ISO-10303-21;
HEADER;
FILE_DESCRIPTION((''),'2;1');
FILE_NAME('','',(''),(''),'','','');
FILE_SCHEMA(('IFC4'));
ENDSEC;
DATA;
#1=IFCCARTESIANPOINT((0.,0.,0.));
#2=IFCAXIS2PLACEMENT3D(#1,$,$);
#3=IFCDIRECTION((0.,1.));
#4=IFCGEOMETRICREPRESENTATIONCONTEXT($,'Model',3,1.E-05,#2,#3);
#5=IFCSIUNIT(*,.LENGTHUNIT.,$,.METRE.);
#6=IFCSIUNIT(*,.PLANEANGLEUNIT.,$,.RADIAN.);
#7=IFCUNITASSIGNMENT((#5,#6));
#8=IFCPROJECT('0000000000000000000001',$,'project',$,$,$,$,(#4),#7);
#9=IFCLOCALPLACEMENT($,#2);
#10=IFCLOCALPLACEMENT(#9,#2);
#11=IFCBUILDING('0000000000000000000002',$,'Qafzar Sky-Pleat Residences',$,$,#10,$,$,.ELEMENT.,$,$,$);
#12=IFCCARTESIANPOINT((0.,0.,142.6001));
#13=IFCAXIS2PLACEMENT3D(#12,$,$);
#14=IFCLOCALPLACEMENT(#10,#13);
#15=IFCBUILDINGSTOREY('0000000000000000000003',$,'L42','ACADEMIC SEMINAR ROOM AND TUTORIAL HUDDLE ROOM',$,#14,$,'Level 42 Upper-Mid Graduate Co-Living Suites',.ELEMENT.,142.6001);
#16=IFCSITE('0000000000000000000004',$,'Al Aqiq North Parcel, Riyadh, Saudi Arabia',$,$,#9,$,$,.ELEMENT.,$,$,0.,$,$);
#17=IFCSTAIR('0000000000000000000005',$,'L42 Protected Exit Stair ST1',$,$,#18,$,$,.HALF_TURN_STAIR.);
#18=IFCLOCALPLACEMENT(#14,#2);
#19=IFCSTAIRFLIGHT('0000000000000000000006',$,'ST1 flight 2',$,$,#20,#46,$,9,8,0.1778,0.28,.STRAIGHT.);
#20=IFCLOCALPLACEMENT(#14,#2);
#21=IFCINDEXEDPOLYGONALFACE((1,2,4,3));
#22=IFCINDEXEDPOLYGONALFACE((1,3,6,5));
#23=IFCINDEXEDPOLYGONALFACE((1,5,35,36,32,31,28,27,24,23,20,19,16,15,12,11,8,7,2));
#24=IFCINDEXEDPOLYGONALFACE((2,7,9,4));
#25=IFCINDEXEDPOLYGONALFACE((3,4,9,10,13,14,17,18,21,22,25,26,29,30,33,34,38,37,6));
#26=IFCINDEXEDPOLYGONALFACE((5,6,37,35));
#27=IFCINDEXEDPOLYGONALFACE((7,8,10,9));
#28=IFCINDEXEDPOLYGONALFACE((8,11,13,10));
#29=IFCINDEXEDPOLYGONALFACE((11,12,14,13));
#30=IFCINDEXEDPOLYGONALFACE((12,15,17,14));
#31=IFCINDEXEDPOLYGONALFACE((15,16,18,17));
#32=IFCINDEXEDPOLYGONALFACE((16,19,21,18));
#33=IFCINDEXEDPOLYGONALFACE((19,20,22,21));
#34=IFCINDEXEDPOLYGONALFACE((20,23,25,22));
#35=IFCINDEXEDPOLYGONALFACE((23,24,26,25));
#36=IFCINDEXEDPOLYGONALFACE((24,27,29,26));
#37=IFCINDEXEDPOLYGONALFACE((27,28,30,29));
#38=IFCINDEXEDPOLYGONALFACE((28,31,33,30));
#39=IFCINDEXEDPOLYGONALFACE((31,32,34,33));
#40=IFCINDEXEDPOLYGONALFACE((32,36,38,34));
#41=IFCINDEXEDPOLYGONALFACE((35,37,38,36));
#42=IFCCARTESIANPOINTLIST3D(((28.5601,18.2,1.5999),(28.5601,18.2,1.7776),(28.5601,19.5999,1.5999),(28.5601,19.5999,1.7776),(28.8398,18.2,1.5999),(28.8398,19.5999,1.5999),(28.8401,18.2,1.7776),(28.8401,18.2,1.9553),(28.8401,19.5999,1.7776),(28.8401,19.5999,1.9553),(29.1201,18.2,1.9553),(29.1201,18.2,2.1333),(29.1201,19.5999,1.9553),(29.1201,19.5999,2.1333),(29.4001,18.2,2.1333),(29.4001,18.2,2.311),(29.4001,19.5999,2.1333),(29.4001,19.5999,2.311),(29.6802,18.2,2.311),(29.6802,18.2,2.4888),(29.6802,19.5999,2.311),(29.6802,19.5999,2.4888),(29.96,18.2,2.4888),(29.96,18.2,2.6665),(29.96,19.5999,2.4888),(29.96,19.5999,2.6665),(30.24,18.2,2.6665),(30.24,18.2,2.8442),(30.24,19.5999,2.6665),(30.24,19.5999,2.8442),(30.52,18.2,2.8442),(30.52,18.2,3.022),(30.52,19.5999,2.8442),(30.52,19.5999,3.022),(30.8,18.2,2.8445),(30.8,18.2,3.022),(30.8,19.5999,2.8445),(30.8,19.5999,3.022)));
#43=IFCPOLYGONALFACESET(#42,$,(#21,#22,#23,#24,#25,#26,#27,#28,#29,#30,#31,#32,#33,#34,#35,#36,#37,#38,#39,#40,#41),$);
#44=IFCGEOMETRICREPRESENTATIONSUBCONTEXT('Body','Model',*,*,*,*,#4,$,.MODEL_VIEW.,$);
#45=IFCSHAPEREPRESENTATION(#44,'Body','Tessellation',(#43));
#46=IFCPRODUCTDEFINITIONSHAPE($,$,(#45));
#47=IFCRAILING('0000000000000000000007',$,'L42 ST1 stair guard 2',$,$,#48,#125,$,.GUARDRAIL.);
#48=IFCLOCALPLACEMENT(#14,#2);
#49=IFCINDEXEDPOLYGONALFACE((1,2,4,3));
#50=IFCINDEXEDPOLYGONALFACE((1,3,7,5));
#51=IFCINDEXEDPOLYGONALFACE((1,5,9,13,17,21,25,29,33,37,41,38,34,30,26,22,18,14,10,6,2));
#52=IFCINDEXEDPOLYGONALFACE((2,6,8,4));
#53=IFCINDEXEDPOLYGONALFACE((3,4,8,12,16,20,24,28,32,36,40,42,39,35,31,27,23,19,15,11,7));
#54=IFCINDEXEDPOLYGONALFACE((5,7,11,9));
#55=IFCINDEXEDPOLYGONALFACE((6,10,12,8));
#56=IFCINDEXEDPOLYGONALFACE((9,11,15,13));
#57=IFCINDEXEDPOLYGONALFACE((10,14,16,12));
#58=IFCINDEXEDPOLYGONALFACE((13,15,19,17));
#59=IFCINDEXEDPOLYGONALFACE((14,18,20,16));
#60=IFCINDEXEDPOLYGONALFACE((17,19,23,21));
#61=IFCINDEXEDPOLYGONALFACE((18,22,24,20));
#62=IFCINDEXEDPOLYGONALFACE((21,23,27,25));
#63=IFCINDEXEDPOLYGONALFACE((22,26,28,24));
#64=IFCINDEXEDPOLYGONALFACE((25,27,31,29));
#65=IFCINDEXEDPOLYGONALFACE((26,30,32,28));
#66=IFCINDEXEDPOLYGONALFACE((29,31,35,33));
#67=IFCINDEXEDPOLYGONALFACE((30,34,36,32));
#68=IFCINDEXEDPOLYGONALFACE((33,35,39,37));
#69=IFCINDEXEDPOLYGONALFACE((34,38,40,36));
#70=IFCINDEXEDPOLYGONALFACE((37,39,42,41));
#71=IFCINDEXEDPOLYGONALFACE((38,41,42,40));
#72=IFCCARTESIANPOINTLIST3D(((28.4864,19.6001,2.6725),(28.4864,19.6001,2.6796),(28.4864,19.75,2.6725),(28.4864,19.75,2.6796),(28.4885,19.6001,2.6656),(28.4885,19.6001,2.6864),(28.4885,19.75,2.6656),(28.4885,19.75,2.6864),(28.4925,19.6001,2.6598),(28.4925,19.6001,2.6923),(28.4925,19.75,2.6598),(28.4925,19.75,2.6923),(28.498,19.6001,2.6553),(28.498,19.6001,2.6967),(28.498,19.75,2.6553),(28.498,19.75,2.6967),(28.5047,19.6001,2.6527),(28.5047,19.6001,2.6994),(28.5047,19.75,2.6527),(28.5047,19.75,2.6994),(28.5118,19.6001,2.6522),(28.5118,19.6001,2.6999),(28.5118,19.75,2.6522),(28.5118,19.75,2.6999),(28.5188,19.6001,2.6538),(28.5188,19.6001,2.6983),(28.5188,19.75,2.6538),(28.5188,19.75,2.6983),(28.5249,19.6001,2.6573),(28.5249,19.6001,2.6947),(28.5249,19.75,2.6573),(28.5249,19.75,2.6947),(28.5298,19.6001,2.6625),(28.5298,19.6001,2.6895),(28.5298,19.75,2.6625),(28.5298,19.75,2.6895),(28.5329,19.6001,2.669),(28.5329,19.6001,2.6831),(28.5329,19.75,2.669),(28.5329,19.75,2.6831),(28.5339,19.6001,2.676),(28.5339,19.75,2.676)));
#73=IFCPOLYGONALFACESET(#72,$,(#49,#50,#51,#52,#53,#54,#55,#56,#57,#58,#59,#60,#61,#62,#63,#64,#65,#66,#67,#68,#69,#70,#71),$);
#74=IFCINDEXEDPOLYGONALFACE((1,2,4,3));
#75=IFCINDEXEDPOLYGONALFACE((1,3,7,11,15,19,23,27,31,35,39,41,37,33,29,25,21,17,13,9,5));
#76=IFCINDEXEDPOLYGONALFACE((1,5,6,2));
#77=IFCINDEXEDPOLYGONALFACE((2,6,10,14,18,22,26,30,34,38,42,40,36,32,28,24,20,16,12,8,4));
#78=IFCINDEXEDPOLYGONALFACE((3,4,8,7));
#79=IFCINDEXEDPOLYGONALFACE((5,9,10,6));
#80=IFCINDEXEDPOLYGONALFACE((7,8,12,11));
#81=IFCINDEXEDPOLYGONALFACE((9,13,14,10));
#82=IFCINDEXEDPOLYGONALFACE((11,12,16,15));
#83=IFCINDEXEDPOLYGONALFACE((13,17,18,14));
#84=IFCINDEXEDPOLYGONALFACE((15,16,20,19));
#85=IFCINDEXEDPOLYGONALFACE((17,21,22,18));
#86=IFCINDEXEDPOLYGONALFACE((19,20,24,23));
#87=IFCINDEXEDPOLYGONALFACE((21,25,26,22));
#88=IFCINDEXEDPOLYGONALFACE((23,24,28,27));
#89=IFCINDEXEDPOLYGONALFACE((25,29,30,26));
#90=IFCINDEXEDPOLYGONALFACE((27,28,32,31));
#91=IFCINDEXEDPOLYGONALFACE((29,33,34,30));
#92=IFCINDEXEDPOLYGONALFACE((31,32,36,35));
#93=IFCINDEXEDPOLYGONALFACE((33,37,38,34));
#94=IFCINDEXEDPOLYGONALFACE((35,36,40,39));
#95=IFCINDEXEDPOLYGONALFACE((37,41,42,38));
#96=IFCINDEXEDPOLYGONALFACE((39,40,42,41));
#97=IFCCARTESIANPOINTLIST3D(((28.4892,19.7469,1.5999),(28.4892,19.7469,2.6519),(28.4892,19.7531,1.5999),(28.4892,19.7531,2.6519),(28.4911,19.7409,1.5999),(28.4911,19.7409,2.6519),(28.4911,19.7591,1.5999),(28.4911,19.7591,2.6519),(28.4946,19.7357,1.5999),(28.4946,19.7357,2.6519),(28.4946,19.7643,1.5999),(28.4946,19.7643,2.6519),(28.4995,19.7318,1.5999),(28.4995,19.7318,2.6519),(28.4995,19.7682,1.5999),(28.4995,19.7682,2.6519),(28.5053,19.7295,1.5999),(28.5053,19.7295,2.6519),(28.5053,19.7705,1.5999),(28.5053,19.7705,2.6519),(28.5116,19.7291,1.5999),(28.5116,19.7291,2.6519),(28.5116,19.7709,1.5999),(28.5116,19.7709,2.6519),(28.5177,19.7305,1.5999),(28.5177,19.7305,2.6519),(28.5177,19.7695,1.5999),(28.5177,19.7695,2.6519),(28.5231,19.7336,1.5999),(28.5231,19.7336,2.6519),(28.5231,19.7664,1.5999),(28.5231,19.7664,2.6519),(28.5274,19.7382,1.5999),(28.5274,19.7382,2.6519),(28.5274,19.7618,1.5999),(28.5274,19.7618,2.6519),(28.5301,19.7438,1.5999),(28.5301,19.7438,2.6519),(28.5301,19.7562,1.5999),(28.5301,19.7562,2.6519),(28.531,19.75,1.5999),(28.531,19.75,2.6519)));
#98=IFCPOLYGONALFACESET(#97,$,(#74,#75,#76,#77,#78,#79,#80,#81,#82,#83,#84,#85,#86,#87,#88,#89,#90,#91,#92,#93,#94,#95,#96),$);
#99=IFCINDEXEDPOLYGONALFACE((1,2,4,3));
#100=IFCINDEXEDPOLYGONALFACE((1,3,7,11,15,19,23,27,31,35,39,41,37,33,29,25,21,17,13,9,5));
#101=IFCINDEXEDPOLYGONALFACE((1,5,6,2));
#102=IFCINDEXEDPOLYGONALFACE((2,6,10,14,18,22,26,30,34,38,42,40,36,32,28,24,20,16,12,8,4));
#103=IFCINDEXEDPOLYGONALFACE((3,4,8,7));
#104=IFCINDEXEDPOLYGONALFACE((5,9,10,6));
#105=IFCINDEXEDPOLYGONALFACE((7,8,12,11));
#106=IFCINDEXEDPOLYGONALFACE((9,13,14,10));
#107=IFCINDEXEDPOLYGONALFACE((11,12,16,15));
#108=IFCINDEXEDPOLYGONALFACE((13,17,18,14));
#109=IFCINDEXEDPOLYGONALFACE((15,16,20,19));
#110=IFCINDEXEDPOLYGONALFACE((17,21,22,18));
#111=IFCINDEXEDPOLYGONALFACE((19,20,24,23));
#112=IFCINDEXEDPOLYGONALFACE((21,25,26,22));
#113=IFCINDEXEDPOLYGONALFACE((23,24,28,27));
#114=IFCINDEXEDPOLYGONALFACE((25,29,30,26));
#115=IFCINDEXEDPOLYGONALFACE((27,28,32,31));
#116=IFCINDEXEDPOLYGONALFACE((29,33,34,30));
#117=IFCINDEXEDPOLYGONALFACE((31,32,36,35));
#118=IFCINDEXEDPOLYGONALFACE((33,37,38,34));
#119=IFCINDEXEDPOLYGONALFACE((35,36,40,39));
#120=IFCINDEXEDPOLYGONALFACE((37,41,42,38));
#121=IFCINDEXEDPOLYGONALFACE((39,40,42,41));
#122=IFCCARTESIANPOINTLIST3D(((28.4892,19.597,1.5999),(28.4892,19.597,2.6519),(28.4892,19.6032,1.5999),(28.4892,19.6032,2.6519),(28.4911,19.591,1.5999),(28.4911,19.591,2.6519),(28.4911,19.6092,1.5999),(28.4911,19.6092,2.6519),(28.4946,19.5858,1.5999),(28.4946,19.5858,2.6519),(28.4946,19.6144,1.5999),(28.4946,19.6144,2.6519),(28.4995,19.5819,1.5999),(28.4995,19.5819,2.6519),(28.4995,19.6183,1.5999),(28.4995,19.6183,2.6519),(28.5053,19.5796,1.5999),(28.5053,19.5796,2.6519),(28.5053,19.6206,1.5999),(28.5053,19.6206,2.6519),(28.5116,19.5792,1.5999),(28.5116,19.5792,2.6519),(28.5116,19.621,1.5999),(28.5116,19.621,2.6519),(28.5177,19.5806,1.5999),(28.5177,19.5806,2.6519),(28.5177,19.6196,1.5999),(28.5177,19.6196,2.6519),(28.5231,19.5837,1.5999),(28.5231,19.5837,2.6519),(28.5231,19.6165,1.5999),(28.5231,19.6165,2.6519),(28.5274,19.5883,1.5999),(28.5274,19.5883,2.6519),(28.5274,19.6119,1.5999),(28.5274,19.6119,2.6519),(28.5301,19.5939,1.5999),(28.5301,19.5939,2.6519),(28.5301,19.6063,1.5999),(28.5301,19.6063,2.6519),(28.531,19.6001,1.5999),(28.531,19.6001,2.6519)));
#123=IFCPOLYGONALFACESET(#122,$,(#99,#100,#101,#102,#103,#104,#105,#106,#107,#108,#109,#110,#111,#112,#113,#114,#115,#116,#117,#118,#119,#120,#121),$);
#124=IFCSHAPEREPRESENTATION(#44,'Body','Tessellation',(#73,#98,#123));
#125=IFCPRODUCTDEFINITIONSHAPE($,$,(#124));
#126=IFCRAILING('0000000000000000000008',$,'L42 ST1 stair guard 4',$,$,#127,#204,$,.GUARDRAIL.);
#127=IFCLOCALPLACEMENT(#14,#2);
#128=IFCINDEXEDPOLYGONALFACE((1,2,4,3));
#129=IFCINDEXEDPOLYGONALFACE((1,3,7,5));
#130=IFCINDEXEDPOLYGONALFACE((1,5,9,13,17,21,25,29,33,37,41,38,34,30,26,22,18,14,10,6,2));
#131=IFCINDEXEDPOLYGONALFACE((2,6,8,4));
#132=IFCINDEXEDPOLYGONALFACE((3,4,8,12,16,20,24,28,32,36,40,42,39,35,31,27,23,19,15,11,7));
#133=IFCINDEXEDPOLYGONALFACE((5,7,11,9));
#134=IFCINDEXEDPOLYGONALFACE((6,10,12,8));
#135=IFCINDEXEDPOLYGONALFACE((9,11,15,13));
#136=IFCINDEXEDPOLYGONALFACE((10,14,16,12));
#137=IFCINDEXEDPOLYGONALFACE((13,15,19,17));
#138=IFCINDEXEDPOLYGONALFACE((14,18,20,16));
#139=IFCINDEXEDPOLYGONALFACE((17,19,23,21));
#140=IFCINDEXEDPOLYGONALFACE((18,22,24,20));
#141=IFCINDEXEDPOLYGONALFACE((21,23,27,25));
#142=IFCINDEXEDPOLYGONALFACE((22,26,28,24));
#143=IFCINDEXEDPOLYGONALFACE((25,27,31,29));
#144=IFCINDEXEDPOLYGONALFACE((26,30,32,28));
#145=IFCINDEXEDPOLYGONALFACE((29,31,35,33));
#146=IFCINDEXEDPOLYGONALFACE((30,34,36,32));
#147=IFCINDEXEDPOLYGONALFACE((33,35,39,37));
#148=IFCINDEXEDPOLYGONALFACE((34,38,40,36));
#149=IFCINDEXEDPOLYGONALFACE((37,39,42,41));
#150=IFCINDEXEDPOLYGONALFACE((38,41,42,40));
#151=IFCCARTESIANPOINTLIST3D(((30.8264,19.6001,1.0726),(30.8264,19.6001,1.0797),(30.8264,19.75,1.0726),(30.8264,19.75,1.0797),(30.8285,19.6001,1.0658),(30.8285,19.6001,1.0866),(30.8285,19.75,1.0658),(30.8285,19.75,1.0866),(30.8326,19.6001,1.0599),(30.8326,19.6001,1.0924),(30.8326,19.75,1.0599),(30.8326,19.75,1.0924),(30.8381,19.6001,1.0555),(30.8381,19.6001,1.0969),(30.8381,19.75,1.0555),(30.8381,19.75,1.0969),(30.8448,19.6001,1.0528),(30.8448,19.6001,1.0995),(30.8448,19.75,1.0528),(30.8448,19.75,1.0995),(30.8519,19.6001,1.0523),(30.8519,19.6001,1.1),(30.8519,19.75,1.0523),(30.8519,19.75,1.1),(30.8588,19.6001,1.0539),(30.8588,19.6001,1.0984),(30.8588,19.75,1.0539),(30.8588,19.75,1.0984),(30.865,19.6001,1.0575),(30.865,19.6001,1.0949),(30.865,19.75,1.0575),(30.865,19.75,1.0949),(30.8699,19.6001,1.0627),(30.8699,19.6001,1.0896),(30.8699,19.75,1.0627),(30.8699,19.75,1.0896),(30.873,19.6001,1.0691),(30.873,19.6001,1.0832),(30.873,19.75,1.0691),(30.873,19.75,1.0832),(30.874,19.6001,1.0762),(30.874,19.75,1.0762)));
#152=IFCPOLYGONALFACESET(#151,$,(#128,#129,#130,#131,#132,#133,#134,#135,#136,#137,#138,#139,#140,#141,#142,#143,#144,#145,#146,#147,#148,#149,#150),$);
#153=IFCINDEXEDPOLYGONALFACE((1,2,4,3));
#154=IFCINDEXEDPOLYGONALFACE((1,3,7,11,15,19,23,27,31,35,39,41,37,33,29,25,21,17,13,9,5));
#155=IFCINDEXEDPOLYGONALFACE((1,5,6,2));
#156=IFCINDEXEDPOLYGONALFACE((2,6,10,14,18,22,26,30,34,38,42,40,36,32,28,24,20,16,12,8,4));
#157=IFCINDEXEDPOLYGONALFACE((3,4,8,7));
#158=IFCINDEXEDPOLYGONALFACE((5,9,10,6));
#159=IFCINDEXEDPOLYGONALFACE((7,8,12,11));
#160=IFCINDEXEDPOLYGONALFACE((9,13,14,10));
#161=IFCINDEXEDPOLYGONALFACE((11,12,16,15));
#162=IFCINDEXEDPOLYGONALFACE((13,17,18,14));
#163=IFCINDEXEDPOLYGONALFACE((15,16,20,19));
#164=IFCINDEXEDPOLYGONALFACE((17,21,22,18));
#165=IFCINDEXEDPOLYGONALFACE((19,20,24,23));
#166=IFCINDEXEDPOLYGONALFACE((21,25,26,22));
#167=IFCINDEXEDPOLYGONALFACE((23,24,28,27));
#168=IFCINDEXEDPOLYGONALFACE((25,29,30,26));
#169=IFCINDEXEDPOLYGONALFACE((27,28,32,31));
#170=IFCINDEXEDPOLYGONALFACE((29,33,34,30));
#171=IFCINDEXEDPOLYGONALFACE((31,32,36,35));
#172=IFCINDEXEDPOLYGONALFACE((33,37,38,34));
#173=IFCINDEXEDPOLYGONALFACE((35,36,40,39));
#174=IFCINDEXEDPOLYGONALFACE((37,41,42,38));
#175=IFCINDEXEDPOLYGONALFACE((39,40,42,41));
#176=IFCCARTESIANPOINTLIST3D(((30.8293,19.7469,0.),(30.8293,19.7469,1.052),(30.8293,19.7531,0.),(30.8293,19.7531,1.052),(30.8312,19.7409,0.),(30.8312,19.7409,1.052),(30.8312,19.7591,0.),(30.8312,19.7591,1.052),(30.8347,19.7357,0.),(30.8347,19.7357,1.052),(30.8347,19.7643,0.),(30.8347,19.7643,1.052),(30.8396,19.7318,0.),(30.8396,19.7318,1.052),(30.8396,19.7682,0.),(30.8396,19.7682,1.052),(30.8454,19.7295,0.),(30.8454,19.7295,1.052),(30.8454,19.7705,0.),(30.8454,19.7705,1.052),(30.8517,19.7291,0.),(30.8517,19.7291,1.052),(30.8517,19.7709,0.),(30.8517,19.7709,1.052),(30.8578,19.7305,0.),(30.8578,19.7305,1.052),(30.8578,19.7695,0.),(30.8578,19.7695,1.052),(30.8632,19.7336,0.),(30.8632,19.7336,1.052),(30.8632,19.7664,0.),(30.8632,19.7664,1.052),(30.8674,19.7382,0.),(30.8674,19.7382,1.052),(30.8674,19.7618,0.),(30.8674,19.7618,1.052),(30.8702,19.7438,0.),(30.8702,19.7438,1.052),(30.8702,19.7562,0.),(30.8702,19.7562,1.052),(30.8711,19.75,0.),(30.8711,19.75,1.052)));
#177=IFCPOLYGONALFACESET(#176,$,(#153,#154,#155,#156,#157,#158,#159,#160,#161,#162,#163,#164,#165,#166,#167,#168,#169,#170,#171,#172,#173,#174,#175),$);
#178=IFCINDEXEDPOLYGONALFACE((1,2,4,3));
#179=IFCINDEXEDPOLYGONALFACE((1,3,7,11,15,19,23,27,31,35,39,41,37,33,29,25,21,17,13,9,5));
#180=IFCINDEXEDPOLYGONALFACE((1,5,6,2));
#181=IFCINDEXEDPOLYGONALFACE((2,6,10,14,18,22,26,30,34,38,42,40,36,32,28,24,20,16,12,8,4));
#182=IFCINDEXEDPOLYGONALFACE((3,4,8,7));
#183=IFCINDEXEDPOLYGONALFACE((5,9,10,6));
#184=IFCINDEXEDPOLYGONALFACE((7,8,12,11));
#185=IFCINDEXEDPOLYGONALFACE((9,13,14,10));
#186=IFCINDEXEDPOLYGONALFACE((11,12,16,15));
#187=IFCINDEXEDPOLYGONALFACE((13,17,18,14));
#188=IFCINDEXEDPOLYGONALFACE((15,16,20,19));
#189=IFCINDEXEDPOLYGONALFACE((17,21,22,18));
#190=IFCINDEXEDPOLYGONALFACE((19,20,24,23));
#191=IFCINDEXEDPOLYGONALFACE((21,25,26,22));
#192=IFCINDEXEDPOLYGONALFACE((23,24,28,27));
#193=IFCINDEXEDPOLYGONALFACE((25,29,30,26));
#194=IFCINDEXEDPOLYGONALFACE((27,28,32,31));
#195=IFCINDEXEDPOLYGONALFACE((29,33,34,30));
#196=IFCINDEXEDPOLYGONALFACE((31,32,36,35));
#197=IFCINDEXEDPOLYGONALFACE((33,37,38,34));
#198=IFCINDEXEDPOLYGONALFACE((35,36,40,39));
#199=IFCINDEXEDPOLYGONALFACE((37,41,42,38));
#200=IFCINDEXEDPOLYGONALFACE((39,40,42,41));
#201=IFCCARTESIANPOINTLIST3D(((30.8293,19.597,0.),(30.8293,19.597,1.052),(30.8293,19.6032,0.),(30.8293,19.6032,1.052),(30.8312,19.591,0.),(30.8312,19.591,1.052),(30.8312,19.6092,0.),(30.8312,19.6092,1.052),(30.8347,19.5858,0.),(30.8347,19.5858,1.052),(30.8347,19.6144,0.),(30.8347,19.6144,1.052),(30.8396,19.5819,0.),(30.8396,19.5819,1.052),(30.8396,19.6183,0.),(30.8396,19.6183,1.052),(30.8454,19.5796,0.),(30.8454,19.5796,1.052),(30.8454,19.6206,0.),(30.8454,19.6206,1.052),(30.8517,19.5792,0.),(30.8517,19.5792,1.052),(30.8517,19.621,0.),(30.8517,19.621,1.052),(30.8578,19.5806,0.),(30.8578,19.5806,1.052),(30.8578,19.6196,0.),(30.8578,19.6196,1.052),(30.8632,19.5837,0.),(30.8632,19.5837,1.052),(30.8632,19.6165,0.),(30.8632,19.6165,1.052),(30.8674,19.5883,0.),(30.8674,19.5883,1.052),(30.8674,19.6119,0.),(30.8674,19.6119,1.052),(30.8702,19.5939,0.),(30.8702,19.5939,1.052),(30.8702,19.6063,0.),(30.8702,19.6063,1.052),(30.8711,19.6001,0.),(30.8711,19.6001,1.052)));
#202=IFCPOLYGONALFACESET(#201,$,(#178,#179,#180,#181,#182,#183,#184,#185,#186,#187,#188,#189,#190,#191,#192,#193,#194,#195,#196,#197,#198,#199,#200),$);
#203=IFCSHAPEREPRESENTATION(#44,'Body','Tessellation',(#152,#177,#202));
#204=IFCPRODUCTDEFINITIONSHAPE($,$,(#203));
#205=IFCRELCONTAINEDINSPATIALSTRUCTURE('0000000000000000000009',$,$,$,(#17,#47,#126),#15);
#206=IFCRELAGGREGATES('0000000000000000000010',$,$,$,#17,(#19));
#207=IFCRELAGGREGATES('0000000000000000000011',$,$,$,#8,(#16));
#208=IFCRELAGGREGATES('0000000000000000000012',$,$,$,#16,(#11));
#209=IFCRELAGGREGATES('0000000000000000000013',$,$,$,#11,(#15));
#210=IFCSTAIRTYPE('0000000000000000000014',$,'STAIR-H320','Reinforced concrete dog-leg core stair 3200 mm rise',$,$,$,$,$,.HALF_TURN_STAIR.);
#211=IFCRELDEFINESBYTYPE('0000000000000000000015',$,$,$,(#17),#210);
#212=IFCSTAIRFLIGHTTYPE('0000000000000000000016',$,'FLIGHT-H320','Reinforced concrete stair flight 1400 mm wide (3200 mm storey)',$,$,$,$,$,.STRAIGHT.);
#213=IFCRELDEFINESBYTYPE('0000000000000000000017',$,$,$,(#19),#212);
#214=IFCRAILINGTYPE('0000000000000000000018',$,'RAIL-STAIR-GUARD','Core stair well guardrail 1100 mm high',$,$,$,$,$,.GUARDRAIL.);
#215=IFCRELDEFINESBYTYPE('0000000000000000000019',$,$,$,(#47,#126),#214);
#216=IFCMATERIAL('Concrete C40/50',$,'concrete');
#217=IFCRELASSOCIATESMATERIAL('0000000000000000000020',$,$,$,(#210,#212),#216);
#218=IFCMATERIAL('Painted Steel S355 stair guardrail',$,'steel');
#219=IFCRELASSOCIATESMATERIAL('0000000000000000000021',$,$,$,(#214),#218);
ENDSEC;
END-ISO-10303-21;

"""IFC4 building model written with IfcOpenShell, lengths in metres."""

from ifc_helpers import new_model, si_unit, direction, frame, origin, origin_2d, place, context, subcontext, project, spatial, polyline, circle, outline, extrude, source, transform, mapped, material, type_object, element, aggregate, save


model = new_model("IFC4")

# Units and contexts
model_context = context("Model", 3, precision=1e-05, world=origin(), true_north=direction((0.0, 1.0)))
body_context = subcontext(model_context, "Body", "Model", "MODEL_VIEW")
ifc_project = project(units=[si_unit("LENGTHUNIT", "METRE"), si_unit("PLANEANGLEUNIT", "RADIAN")], contexts=[model_context])

# Site, building, storey
site_placement = place(None, origin())
site = spatial("IfcSite", under=ifc_project, at=site_placement, Name="Al Aqiq North Parcel, Riyadh, Saudi Arabia", CompositionType="ELEMENT", RefElevation=0.0)
building_placement = place(site_placement, origin())
building = spatial("IfcBuilding", under=site, at=building_placement, Name="Qafzar Sky-Pleat Residences", CompositionType="ELEMENT")
storey_placement = place(building_placement, frame((0.0, 0.0, 142.6001)))
storey = spatial("IfcBuildingStorey", under=building, at=storey_placement, Name="L42", Description="ACADEMIC SEMINAR ROOM AND TUTORIAL HUDDLE ROOM", LongName="Level 42 Upper-Mid Graduate Co-Living Suites", CompositionType="ELEMENT", Elevation=142.6001)

# Stair, stair flight
ifc_material_1 = material(Name="Concrete C40/50", Category="concrete")
stair_type = type_object("IfcStairType", Name="STAIR-H320", Description="Reinforced concrete dog-leg core stair 3200 mm rise", PredefinedType="HALF_TURN_STAIR", material=ifc_material_1)
stair_placement = place(storey_placement, origin())
stair = element("IfcStair", 1, at=stair_placement, inside=storey, type_object=stair_type, Name="L42 Protected Exit Stair ST1", PredefinedType="HALF_TURN_STAIR")
stair_flight_type = type_object("IfcStairFlightType", Name="FLIGHT-H320", Description="Reinforced concrete stair flight 1400 mm wide (3200 mm storey)", PredefinedType="STRAIGHT", material=ifc_material_1)
shared_shape_1 = source(origin(), body_context, "Body", "SweptSolid", [
    extrude(outline(polyline([(0.0, 0.0), (0.0, 0.1777), (0.28, 0.1777), (0.28, 0.3555), (0.5601, 0.3555), (0.5601, 0.5334), (0.8401, 0.5334), (0.8401, 0.7112), (1.1201, 0.7112), (1.1201, 0.8889), (1.3999, 0.8889), (1.3999, 1.0667), (1.6799, 1.0667), (1.6799, 1.2444), (1.96, 1.2444), (1.96, 1.4221), (2.24, 1.4221), (2.24, 1.6001), (2.24, 1.2446), (0.2798, 0.0), (0.0, 0.0)])), frame((0.0, 0.7, 0.0), z_axis=(0.0, -1.0, 0.0), x_axis=(1.0, 0.0, 0.0)), (0.0, 0.0, 1.0), 1.3999),
])
stair_flight_1_placement = place(storey_placement, frame((28.5601, 18.8999, 1.5999), z_axis=(0.0, 0.0, 1.0), x_axis=(1.0, 0.0, 0.0)))
stair_flight_1 = element("IfcStairFlight", 2, at=stair_flight_1_placement, type_object=stair_flight_type, Name="ST1 flight 2", NumberOfRisers=9, NumberOfTreads=8, PredefinedType="STRAIGHT", RiserHeight=0.1778, TreadLength=0.28, context=body_context, shape_type="MappedRepresentation", body=[
    mapped(shared_shape_1, transform((0.0, 0.0, 0.0), x_axis=(1.0, 0.0, 0.0), y_axis=(0.0, 1.0, 0.0), z_axis=(0.0, 0.0, 1.0), scale=1.0)),
])
aggregate(stair, [stair_flight_1])

# Railings
ifc_material_2 = material(Name="Painted Steel S355 stair guardrail", Category="steel")
railing_type_1 = type_object("IfcRailingType", Name="RAIL-STAIR-GUARD", Description="Core stair well guardrail 1100 mm high", PredefinedType="GUARDRAIL", material=ifc_material_2)
shared_shape_2 = source(origin(), body_context, "Body", "SweptSolid", [
    extrude(circle(Radius=0.0239, at=origin_2d()), frame((0.0, 0.0, 1.0762), z_axis=(0.0, -1.0, 0.0), x_axis=(1.0, 0.0, 0.0)), (0.0, 0.0, 1.0), 0.1499),
    extrude(circle(Radius=0.021, at=origin_2d()), origin(), (0.0, 0.0, 1.0), 1.052),
    extrude(circle(Radius=0.021, at=origin_2d()), frame((0.0, -0.1499, 0.0)), (0.0, 0.0, 1.0), 1.052),
])
for number, where, name in (
    (3, (28.51, 19.75, 1.5999), "L42 ST1 stair guard 2"),
    (4, (30.8501, 19.75, 0.0), "L42 ST1 stair guard 4"),
):
    element("IfcRailing", number, at=place(storey_placement, frame(where)), inside=storey, type_object=railing_type_1, Name=name, PredefinedType="GUARDRAIL", context=body_context, shape_type="MappedRepresentation", body=[
        mapped(shared_shape_2, transform((0.0, 0.0, 0.0), x_axis=(1.0, 0.0, 0.0), y_axis=(0.0, 1.0, 0.0), z_axis=(0.0, 0.0, 1.0), scale=1.0)),
    ])

save(model, "model.ifc")
